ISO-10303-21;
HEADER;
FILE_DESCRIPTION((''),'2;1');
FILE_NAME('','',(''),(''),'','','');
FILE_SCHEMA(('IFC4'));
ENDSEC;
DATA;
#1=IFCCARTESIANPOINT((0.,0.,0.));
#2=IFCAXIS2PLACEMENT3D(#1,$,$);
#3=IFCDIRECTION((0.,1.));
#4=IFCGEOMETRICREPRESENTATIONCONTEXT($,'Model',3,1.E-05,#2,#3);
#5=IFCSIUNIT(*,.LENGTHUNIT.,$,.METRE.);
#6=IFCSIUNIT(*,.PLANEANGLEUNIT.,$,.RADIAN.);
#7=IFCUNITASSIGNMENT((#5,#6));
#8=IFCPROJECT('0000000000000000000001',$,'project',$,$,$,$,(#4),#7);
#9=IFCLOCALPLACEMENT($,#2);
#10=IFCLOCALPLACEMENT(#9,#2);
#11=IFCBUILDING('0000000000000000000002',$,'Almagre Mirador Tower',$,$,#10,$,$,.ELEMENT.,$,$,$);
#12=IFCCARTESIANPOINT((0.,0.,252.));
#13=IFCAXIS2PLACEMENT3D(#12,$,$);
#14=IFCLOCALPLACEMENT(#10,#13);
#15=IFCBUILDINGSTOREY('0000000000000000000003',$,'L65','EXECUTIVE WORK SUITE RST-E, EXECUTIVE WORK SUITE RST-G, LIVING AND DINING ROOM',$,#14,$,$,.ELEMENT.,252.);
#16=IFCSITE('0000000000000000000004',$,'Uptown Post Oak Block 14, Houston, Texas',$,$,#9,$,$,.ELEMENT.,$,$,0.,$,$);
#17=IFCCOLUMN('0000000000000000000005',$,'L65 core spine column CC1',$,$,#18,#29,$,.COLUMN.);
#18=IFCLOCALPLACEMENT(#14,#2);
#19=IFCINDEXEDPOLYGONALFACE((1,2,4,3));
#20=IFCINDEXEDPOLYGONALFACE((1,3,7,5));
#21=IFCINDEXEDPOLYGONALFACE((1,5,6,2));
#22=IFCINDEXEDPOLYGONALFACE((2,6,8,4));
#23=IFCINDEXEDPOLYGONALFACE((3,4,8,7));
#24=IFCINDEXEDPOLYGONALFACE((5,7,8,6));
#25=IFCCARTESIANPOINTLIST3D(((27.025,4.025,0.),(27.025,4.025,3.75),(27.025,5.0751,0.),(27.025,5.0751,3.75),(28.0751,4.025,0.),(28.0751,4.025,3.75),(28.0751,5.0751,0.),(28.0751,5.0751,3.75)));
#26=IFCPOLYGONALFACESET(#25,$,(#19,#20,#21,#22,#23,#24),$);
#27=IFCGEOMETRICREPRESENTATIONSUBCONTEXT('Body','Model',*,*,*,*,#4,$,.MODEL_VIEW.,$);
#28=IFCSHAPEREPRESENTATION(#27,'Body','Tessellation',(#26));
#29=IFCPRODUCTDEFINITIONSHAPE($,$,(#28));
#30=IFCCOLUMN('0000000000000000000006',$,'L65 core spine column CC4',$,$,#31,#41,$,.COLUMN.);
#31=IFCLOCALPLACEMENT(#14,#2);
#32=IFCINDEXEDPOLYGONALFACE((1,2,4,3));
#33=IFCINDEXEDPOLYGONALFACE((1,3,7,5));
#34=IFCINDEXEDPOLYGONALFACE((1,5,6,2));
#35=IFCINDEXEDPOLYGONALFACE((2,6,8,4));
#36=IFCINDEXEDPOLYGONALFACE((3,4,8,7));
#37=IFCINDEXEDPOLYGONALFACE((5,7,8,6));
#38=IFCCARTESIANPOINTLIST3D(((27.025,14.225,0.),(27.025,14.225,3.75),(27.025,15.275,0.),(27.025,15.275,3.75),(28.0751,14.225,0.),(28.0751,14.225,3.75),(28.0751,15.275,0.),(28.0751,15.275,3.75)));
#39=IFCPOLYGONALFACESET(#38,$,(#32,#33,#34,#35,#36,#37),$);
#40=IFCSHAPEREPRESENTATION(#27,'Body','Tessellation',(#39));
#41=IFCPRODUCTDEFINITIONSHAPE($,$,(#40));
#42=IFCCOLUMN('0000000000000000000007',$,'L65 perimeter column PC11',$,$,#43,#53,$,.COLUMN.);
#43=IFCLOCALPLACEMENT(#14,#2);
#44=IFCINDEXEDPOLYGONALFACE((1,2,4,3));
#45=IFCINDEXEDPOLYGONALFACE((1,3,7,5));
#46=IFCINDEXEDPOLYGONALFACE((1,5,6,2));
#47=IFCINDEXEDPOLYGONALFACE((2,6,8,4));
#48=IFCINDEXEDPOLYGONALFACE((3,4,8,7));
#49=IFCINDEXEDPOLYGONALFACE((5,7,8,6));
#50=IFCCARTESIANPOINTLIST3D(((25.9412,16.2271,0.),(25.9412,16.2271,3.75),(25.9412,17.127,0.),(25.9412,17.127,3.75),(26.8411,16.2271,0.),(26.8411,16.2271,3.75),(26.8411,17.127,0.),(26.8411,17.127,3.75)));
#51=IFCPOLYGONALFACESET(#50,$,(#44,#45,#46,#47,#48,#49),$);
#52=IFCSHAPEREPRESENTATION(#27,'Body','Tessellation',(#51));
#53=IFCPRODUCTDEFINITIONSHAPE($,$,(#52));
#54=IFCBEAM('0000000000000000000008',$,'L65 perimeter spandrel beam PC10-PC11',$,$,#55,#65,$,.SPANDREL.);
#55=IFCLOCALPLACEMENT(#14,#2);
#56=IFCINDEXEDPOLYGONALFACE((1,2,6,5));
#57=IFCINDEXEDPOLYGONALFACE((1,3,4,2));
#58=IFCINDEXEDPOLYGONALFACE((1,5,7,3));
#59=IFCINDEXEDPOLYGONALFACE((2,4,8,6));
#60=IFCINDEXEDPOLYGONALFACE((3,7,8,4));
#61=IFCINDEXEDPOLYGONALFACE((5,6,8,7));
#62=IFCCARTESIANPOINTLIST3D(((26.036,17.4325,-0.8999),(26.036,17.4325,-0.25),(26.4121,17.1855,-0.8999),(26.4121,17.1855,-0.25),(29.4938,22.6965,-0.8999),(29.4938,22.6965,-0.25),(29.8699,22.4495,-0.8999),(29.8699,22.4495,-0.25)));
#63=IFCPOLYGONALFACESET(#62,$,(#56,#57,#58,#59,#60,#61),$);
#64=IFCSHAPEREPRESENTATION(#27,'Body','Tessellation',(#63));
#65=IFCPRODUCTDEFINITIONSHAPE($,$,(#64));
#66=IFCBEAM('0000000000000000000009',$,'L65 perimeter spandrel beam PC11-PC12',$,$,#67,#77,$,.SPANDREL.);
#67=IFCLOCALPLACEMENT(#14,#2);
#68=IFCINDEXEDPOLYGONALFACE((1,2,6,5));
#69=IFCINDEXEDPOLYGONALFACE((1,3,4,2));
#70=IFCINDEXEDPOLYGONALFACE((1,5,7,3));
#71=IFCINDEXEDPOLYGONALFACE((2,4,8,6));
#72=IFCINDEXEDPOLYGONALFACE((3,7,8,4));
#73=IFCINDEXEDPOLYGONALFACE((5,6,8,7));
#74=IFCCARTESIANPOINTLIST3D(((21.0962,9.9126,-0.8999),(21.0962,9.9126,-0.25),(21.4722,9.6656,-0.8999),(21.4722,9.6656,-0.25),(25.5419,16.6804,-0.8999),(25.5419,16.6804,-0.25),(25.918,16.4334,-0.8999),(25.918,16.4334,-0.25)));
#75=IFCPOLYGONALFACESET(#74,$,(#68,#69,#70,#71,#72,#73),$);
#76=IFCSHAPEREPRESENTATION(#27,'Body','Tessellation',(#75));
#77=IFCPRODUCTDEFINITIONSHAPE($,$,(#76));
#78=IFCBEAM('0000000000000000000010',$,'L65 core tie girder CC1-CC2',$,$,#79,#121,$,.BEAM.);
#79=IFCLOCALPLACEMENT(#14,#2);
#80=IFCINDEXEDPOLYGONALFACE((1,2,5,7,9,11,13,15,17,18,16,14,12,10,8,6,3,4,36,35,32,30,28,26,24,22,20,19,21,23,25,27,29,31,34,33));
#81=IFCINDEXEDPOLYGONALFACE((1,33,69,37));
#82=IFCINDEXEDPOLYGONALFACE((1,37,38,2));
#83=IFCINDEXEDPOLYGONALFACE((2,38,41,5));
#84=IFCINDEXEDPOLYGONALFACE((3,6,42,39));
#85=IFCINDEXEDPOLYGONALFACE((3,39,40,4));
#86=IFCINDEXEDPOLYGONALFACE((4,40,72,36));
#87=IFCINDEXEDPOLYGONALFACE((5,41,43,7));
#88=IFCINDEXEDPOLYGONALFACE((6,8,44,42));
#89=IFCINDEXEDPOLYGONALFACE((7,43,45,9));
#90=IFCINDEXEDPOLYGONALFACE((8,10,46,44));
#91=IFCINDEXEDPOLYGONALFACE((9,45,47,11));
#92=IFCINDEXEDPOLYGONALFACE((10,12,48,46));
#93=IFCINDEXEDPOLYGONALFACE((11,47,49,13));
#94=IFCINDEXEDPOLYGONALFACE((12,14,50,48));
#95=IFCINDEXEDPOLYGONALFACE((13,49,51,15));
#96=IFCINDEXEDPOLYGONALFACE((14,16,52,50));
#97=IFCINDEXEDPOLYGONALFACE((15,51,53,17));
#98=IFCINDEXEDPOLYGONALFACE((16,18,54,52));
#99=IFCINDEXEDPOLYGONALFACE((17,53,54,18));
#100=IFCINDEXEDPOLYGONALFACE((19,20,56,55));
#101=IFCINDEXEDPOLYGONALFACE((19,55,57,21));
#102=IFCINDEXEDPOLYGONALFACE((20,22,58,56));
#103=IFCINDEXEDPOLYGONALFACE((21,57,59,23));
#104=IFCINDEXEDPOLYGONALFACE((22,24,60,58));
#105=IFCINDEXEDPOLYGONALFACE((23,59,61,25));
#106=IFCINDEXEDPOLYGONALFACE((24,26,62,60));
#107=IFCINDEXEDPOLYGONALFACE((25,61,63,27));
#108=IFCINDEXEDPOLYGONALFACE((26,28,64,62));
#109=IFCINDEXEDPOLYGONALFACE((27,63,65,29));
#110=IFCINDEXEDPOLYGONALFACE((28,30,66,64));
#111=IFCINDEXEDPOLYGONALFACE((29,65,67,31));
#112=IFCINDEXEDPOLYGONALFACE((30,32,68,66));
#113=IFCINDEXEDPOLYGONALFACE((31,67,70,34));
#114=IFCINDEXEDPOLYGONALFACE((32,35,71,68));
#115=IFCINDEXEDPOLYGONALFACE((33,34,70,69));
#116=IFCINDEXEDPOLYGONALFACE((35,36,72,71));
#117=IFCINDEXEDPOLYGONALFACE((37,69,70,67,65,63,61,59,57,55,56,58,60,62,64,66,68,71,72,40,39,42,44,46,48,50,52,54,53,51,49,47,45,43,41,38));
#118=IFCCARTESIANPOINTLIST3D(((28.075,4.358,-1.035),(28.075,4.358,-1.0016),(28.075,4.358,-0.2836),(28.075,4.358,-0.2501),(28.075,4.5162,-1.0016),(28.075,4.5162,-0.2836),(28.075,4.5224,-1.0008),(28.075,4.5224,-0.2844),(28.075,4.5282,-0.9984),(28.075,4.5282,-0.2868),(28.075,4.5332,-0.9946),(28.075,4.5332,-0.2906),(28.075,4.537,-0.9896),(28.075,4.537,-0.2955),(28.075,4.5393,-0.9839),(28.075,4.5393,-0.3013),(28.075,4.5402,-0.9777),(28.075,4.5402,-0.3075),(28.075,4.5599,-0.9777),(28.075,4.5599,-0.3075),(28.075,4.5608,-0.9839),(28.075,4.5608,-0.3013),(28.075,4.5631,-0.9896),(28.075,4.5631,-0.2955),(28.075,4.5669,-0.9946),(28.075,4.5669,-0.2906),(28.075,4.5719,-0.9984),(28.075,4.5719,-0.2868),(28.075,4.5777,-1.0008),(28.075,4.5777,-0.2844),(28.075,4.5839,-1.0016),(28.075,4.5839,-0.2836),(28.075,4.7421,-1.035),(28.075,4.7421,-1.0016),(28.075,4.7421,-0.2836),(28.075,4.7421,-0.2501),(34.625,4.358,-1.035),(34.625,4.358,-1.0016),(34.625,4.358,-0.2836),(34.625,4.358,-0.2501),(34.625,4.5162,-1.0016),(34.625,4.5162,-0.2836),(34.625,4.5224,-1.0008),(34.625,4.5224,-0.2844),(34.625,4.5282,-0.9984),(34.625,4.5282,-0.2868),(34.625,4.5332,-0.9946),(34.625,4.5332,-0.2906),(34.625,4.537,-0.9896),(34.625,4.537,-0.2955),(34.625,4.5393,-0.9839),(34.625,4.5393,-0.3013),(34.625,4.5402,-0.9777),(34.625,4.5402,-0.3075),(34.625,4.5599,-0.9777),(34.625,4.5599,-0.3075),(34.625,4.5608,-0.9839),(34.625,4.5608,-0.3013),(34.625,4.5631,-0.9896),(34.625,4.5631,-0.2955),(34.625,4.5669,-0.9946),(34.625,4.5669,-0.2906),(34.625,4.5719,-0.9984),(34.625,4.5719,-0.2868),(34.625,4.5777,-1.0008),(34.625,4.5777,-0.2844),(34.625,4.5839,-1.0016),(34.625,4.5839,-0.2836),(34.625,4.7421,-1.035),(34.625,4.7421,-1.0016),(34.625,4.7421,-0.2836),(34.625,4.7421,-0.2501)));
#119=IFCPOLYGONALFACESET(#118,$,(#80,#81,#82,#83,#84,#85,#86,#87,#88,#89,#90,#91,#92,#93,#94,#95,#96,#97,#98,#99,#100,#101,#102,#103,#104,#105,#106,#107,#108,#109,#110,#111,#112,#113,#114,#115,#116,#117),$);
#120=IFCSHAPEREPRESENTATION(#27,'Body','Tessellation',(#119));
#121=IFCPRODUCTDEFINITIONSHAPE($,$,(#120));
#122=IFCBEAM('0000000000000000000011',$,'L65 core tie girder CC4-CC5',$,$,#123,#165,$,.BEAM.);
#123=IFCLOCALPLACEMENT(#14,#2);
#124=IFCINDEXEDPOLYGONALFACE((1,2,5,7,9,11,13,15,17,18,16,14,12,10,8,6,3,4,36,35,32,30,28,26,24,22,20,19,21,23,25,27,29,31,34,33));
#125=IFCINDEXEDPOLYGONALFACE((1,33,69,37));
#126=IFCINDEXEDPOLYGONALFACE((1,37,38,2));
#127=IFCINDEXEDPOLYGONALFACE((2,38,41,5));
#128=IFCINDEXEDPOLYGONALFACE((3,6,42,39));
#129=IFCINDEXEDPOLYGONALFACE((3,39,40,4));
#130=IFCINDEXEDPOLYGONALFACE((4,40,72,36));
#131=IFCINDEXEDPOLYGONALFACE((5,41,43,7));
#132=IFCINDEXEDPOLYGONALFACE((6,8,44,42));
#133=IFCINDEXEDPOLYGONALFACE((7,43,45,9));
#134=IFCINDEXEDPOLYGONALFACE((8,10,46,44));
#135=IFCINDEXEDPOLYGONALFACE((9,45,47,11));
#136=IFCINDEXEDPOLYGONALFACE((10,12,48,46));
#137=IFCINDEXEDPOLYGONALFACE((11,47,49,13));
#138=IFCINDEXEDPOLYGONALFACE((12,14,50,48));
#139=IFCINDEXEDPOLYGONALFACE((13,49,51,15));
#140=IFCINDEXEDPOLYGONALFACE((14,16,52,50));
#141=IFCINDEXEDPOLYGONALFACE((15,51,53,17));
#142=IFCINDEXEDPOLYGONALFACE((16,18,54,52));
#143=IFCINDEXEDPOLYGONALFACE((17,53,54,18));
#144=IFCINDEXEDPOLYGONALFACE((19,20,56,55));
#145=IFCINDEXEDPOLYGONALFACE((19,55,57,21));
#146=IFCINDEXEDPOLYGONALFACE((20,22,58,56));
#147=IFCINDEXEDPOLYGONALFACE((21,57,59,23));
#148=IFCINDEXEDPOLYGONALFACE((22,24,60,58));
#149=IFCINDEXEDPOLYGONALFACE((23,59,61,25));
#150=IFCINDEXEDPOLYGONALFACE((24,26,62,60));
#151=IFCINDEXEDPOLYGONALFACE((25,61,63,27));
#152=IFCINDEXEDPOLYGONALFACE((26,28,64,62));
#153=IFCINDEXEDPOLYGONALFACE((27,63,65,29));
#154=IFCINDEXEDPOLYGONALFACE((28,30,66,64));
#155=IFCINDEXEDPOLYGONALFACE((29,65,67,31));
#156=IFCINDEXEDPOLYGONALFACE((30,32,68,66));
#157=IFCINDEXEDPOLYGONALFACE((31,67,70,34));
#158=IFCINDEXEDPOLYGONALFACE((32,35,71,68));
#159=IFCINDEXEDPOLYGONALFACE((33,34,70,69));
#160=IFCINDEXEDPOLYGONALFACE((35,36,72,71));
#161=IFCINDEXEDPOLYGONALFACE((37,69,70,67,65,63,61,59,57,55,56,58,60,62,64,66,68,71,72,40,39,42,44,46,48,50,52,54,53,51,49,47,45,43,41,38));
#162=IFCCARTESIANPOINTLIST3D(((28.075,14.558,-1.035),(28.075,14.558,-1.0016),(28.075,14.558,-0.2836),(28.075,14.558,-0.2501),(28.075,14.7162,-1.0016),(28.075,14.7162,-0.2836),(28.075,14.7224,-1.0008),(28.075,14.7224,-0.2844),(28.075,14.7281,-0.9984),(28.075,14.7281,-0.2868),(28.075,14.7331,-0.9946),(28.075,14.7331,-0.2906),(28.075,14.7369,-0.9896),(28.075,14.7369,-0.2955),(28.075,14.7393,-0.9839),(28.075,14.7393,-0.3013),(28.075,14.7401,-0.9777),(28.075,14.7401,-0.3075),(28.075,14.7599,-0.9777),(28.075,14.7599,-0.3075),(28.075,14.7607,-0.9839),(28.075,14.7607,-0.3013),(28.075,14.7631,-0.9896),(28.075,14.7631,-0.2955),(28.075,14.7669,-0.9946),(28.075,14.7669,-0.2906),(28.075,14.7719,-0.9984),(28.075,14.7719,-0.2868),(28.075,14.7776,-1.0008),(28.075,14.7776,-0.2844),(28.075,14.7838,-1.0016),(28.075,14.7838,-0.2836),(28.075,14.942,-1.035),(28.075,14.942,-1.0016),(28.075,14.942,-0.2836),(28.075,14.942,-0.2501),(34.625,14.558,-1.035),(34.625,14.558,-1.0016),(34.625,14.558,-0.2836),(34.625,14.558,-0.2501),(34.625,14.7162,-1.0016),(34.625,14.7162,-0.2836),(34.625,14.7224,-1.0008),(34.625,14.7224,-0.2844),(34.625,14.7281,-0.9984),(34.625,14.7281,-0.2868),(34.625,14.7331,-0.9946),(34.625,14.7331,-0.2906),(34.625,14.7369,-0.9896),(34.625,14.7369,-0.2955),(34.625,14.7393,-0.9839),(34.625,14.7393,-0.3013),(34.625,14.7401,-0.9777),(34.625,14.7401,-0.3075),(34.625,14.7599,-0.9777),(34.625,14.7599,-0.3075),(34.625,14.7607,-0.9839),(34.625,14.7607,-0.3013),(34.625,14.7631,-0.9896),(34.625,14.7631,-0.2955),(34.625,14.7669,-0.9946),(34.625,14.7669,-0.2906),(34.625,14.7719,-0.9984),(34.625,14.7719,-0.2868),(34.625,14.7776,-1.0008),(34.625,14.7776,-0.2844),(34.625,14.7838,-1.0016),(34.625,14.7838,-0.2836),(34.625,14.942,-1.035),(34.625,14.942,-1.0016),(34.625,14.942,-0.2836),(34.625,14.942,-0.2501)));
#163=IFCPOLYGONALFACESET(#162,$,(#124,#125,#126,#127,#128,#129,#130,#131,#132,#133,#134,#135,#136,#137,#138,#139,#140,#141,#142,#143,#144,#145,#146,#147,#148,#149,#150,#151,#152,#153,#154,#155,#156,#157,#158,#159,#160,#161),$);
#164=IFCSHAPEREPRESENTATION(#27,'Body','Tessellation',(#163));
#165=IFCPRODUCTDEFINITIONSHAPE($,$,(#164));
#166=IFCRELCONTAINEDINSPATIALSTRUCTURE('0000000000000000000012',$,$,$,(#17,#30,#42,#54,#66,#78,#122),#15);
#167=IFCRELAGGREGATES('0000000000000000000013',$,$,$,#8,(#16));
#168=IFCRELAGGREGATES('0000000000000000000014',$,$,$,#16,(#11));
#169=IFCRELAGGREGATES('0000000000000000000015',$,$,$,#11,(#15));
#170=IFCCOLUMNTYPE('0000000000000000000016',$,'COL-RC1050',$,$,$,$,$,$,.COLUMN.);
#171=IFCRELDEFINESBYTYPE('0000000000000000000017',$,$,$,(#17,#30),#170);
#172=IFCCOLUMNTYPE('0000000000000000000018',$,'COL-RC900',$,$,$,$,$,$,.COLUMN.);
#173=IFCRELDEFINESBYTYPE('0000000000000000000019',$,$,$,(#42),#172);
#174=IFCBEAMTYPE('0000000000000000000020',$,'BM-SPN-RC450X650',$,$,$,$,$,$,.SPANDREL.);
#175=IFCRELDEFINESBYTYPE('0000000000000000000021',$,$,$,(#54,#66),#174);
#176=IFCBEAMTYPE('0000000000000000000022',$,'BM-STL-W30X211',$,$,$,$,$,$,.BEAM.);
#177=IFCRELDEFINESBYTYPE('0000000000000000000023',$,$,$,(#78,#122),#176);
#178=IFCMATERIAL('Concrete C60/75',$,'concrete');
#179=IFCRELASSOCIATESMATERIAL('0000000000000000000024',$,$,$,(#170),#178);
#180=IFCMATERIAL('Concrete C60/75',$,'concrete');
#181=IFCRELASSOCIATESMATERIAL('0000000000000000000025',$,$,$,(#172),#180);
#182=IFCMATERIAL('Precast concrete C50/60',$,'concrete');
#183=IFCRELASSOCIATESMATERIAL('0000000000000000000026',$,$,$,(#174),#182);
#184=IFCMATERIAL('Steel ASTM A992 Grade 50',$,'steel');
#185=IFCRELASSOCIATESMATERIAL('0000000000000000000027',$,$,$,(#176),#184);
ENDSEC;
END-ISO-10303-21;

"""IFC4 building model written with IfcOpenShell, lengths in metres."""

from ifc_helpers import new_model, si_unit, direction, frame, origin, origin_2d, place, context, subcontext, project, spatial, rectangle, i_section, extrude, material, material_profile, profile_set, type_object, element, save


model = new_model("IFC4")

# Units and contexts
model_context = context("Model", 3, precision=1e-05, world=origin(), true_north=direction((0.0, 1.0)))
body_context = subcontext(model_context, "Body", "Model", "MODEL_VIEW")
ifc_project = project(units=[si_unit("LENGTHUNIT", "METRE"), si_unit("PLANEANGLEUNIT", "RADIAN")], contexts=[model_context])

# Site, building, storey
site_placement = place(None, origin())
site = spatial("IfcSite", under=ifc_project, at=site_placement, Name="Uptown Post Oak Block 14, Houston, Texas", CompositionType="ELEMENT", RefElevation=0.0)
building_placement = place(site_placement, origin())
building = spatial("IfcBuilding", under=site, at=building_placement, Name="Almagre Mirador Tower", CompositionType="ELEMENT")
storey_placement = place(building_placement, frame((0.0, 0.0, 252.0)))
storey = spatial("IfcBuildingStorey", under=building, at=storey_placement, Name="L65", Description="EXECUTIVE WORK SUITE RST-E, EXECUTIVE WORK SUITE RST-G, LIVING AND DINING ROOM", CompositionType="ELEMENT", Elevation=252.0)

# Columns
ifc_material_1 = material(Name="Concrete C60/75", Category="concrete")
ifc_material_profile_1 = material_profile(ifc_material_1, rectangle(XDim=1.05, YDim=1.05, at=origin_2d()), Name="RC1050X1050")
ifc_profile_set_1 = profile_set([ifc_material_profile_1], Name="Concrete C60/75")
column_type_1 = type_object("IfcColumnType", Name="COL-RC1050", PredefinedType="COLUMN", material=ifc_profile_set_1)
for number, where, z_axis, x_axis, name in (
    (1, (27.55, 4.55, 0.0), (0.0, 0.0, 1.0), (1.0, 0.0, 0.0), "L65 core spine column CC1"),
    (2, (27.55, 14.75, 0.0), (0.0, 0.0, 1.0), (1.0, 0.0, 0.0), "L65 core spine column CC4"),
):
    element("IfcColumn", number, at=place(storey_placement, frame(where, z_axis=z_axis, x_axis=x_axis)), inside=storey, type_object=column_type_1, Name=name, PredefinedType="COLUMN", context=body_context, shape_type="SweptSolid", body=[
        extrude(rectangle(XDim=1.05, YDim=1.05, at=origin_2d()), origin(), (0.0, 0.0, 1.0), 3.75),
    ])
ifc_material_2 = material(Name="Concrete C60/75", Category="concrete")
ifc_material_profile_2 = material_profile(ifc_material_2, rectangle(XDim=0.8999, YDim=0.8999, at=origin_2d()), Name="RC900X900")
ifc_profile_set_2 = profile_set([ifc_material_profile_2], Name="Concrete C60/75")
column_type_2 = type_object("IfcColumnType", Name="COL-RC900", PredefinedType="COLUMN", material=ifc_profile_set_2)
column_placement = place(storey_placement, frame((26.3911, 16.677, 0.0), z_axis=(0.0, 0.0, 1.0), x_axis=(1.0, 0.0, 0.0)))
element("IfcColumn", 3, at=column_placement, inside=storey, type_object=column_type_2, Name="L65 perimeter column PC11", PredefinedType="COLUMN", context=body_context, shape_type="SweptSolid", body=[
    extrude(rectangle(XDim=0.8999, YDim=0.8999, at=origin_2d()), origin(), (0.0, 0.0, 1.0), 3.75),
])

# Beams
ifc_material_3 = material(Name="Precast concrete C50/60", Category="concrete")
ifc_material_profile_3 = material_profile(ifc_material_3, rectangle(XDim=0.45, YDim=0.6499, at=origin_2d()), Name="RC450X650")
ifc_profile_set_3 = profile_set([ifc_material_profile_3], Name="Precast concrete C50/60")
beam_type_1 = type_object("IfcBeamType", Name="BM-SPN-RC450X650", PredefinedType="SPANDREL", material=ifc_profile_set_3)
beam_1_placement = place(storey_placement, frame((29.6819, 22.573, -0.575), z_axis=(-0.549025, -0.835806, 0.0), x_axis=(0.835806, -0.549025, 0.0)))
element("IfcBeam", 4, at=beam_1_placement, inside=storey, type_object=beam_type_1, Name="L65 perimeter spandrel beam PC10-PC11", PredefinedType="SPANDREL", context=body_context, shape_type="SweptSolid", body=[
    extrude(rectangle(XDim=0.45, YDim=0.6499, at=origin_2d()), origin(), (0.0, 0.0, 1.0), 6.2981),
])
beam_2_placement = place(storey_placement, frame((25.73, 16.5569, -0.575), z_axis=(-0.549038, -0.835798, 0.0), x_axis=(0.835798, -0.549038, 0.0)))
element("IfcBeam", 5, at=beam_2_placement, inside=storey, type_object=beam_type_1, Name="L65 perimeter spandrel beam PC11-PC12", PredefinedType="SPANDREL", context=body_context, shape_type="SweptSolid", body=[
    extrude(rectangle(XDim=0.45, YDim=0.6499, at=origin_2d()), origin(), (0.0, 0.0, 1.0), 8.0974),
])
ifc_material_4 = material(Name="Steel ASTM A992 Grade 50", Category="steel")
ifc_material_profile_4 = material_profile(ifc_material_4, i_section(OverallWidth=0.384, OverallDepth=0.7849, WebThickness=0.0198, FlangeThickness=0.0334, FilletRadius=0.0239, at=origin_2d()), Name="W30X211")
ifc_profile_set_4 = profile_set([ifc_material_profile_4], Name="Steel ASTM A992 Grade 50")
beam_type_2 = type_object("IfcBeamType", Name="BM-STL-W30X211", PredefinedType="BEAM", material=ifc_profile_set_4)
for number, where, z_axis, x_axis, name in (
    (6, (28.075, 4.55, -0.6426), (1.0, 0.0, 0.0), (0.0, 1.0, 0.0), "L65 core tie girder CC1-CC2"),
    (7, (28.075, 14.75, -0.6426), (1.0, 0.0, 0.0), (0.0, 1.0, 0.0), "L65 core tie girder CC4-CC5"),
):
    element("IfcBeam", number, at=place(storey_placement, frame(where, z_axis=z_axis, x_axis=x_axis)), inside=storey, type_object=beam_type_2, Name=name, PredefinedType="BEAM", context=body_context, shape_type="SweptSolid", body=[
        extrude(i_section(OverallWidth=0.384, OverallDepth=0.7849, WebThickness=0.0198, FlangeThickness=0.0334, FilletRadius=0.0239, at=origin_2d()), origin(), (0.0, 0.0, 1.0), 6.55),
    ])

save(model, "model.ifc")
